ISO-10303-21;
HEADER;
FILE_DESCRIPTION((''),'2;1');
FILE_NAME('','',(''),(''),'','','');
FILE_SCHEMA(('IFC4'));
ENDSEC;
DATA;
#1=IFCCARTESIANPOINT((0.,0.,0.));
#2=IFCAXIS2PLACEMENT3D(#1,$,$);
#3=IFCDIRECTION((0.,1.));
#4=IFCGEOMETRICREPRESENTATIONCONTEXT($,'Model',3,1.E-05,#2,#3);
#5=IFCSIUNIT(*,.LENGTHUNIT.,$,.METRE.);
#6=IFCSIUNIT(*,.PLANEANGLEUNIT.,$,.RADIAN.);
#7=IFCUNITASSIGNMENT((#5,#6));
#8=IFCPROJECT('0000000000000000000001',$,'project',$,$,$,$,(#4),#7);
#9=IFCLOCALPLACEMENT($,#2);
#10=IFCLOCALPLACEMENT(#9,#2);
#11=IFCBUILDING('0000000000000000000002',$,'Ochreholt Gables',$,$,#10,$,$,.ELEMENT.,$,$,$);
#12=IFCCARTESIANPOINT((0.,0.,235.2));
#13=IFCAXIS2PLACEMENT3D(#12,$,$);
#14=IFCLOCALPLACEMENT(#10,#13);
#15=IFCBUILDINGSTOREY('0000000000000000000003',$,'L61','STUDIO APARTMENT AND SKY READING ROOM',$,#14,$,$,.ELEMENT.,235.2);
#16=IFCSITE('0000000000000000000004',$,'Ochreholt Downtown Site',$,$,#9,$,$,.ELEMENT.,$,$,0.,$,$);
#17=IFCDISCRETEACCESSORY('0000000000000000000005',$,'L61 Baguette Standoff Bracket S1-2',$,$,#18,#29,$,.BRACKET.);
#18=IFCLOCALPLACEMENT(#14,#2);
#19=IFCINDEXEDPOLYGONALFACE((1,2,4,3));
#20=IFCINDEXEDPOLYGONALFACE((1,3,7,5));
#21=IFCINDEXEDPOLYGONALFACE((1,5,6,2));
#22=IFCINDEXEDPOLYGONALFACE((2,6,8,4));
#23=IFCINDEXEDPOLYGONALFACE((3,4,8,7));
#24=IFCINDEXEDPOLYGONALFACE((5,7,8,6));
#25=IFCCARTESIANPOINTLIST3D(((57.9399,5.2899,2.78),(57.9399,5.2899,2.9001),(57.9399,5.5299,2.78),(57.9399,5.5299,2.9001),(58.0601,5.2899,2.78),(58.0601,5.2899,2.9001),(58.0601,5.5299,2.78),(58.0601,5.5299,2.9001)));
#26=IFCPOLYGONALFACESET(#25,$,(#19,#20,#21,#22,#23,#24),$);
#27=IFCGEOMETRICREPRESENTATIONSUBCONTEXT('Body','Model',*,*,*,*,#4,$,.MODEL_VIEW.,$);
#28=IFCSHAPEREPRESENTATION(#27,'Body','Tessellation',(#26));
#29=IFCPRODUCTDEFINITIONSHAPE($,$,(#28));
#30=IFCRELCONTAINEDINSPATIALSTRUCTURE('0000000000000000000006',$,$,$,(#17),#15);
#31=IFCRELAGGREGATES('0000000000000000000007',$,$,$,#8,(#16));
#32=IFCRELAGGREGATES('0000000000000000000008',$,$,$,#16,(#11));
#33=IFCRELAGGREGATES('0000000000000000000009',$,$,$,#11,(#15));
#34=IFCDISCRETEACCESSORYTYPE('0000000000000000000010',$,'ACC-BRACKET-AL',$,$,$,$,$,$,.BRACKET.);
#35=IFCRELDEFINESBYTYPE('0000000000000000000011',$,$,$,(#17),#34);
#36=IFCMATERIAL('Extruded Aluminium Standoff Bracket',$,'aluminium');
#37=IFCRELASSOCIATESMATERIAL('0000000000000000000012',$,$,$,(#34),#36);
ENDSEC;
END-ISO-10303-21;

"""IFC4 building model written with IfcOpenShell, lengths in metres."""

from ifc_helpers import new_model, si_unit, direction, frame, origin, origin_2d, place, context, subcontext, project, spatial, rectangle, extrude, material, type_object, element, save


model = new_model("IFC4")

# Units and contexts
model_context = context("Model", 3, precision=1e-05, world=origin(), true_north=direction((0.0, 1.0)))
body_context = subcontext(model_context, "Body", "Model", "MODEL_VIEW")
ifc_project = project(units=[si_unit("LENGTHUNIT", "METRE"), si_unit("PLANEANGLEUNIT", "RADIAN")], contexts=[model_context])

# Site, building, storey
site_placement = place(None, origin())
site = spatial("IfcSite", under=ifc_project, at=site_placement, Name="Ochreholt Downtown Site", CompositionType="ELEMENT", RefElevation=0.0)
building_placement = place(site_placement, origin())
building = spatial("IfcBuilding", under=site, at=building_placement, Name="Ochreholt Gables", CompositionType="ELEMENT")
storey_placement = place(building_placement, frame((0.0, 0.0, 235.2)))
storey = spatial("IfcBuildingStorey", under=building, at=storey_placement, Name="L61", Description="STUDIO APARTMENT AND SKY READING ROOM", CompositionType="ELEMENT", Elevation=235.2)

# Discrete accessory
ifc_material_1 = material(Name="Extruded Aluminium Standoff Bracket", Category="aluminium")
discrete_accessory_type = type_object("IfcDiscreteAccessoryType", Name="ACC-BRACKET-AL", PredefinedType="BRACKET", material=ifc_material_1)
discrete_accessory_placement = place(storey_placement, frame((58.0, 5.4099, 2.78), z_axis=(0.0, 0.0, 1.0), x_axis=(1.0, 0.0, 0.0)))
element("IfcDiscreteAccessory", 1, at=discrete_accessory_placement, inside=storey, type_object=discrete_accessory_type, Name="L61 Baguette Standoff Bracket S1-2", PredefinedType="BRACKET", context=body_context, shape_type="SweptSolid", body=[
    extrude(rectangle(XDim=0.1201, YDim=0.24, at=origin_2d()), origin(), (0.0, 0.0, 1.0), 0.1201),
])

save(model, "model.ifc")
